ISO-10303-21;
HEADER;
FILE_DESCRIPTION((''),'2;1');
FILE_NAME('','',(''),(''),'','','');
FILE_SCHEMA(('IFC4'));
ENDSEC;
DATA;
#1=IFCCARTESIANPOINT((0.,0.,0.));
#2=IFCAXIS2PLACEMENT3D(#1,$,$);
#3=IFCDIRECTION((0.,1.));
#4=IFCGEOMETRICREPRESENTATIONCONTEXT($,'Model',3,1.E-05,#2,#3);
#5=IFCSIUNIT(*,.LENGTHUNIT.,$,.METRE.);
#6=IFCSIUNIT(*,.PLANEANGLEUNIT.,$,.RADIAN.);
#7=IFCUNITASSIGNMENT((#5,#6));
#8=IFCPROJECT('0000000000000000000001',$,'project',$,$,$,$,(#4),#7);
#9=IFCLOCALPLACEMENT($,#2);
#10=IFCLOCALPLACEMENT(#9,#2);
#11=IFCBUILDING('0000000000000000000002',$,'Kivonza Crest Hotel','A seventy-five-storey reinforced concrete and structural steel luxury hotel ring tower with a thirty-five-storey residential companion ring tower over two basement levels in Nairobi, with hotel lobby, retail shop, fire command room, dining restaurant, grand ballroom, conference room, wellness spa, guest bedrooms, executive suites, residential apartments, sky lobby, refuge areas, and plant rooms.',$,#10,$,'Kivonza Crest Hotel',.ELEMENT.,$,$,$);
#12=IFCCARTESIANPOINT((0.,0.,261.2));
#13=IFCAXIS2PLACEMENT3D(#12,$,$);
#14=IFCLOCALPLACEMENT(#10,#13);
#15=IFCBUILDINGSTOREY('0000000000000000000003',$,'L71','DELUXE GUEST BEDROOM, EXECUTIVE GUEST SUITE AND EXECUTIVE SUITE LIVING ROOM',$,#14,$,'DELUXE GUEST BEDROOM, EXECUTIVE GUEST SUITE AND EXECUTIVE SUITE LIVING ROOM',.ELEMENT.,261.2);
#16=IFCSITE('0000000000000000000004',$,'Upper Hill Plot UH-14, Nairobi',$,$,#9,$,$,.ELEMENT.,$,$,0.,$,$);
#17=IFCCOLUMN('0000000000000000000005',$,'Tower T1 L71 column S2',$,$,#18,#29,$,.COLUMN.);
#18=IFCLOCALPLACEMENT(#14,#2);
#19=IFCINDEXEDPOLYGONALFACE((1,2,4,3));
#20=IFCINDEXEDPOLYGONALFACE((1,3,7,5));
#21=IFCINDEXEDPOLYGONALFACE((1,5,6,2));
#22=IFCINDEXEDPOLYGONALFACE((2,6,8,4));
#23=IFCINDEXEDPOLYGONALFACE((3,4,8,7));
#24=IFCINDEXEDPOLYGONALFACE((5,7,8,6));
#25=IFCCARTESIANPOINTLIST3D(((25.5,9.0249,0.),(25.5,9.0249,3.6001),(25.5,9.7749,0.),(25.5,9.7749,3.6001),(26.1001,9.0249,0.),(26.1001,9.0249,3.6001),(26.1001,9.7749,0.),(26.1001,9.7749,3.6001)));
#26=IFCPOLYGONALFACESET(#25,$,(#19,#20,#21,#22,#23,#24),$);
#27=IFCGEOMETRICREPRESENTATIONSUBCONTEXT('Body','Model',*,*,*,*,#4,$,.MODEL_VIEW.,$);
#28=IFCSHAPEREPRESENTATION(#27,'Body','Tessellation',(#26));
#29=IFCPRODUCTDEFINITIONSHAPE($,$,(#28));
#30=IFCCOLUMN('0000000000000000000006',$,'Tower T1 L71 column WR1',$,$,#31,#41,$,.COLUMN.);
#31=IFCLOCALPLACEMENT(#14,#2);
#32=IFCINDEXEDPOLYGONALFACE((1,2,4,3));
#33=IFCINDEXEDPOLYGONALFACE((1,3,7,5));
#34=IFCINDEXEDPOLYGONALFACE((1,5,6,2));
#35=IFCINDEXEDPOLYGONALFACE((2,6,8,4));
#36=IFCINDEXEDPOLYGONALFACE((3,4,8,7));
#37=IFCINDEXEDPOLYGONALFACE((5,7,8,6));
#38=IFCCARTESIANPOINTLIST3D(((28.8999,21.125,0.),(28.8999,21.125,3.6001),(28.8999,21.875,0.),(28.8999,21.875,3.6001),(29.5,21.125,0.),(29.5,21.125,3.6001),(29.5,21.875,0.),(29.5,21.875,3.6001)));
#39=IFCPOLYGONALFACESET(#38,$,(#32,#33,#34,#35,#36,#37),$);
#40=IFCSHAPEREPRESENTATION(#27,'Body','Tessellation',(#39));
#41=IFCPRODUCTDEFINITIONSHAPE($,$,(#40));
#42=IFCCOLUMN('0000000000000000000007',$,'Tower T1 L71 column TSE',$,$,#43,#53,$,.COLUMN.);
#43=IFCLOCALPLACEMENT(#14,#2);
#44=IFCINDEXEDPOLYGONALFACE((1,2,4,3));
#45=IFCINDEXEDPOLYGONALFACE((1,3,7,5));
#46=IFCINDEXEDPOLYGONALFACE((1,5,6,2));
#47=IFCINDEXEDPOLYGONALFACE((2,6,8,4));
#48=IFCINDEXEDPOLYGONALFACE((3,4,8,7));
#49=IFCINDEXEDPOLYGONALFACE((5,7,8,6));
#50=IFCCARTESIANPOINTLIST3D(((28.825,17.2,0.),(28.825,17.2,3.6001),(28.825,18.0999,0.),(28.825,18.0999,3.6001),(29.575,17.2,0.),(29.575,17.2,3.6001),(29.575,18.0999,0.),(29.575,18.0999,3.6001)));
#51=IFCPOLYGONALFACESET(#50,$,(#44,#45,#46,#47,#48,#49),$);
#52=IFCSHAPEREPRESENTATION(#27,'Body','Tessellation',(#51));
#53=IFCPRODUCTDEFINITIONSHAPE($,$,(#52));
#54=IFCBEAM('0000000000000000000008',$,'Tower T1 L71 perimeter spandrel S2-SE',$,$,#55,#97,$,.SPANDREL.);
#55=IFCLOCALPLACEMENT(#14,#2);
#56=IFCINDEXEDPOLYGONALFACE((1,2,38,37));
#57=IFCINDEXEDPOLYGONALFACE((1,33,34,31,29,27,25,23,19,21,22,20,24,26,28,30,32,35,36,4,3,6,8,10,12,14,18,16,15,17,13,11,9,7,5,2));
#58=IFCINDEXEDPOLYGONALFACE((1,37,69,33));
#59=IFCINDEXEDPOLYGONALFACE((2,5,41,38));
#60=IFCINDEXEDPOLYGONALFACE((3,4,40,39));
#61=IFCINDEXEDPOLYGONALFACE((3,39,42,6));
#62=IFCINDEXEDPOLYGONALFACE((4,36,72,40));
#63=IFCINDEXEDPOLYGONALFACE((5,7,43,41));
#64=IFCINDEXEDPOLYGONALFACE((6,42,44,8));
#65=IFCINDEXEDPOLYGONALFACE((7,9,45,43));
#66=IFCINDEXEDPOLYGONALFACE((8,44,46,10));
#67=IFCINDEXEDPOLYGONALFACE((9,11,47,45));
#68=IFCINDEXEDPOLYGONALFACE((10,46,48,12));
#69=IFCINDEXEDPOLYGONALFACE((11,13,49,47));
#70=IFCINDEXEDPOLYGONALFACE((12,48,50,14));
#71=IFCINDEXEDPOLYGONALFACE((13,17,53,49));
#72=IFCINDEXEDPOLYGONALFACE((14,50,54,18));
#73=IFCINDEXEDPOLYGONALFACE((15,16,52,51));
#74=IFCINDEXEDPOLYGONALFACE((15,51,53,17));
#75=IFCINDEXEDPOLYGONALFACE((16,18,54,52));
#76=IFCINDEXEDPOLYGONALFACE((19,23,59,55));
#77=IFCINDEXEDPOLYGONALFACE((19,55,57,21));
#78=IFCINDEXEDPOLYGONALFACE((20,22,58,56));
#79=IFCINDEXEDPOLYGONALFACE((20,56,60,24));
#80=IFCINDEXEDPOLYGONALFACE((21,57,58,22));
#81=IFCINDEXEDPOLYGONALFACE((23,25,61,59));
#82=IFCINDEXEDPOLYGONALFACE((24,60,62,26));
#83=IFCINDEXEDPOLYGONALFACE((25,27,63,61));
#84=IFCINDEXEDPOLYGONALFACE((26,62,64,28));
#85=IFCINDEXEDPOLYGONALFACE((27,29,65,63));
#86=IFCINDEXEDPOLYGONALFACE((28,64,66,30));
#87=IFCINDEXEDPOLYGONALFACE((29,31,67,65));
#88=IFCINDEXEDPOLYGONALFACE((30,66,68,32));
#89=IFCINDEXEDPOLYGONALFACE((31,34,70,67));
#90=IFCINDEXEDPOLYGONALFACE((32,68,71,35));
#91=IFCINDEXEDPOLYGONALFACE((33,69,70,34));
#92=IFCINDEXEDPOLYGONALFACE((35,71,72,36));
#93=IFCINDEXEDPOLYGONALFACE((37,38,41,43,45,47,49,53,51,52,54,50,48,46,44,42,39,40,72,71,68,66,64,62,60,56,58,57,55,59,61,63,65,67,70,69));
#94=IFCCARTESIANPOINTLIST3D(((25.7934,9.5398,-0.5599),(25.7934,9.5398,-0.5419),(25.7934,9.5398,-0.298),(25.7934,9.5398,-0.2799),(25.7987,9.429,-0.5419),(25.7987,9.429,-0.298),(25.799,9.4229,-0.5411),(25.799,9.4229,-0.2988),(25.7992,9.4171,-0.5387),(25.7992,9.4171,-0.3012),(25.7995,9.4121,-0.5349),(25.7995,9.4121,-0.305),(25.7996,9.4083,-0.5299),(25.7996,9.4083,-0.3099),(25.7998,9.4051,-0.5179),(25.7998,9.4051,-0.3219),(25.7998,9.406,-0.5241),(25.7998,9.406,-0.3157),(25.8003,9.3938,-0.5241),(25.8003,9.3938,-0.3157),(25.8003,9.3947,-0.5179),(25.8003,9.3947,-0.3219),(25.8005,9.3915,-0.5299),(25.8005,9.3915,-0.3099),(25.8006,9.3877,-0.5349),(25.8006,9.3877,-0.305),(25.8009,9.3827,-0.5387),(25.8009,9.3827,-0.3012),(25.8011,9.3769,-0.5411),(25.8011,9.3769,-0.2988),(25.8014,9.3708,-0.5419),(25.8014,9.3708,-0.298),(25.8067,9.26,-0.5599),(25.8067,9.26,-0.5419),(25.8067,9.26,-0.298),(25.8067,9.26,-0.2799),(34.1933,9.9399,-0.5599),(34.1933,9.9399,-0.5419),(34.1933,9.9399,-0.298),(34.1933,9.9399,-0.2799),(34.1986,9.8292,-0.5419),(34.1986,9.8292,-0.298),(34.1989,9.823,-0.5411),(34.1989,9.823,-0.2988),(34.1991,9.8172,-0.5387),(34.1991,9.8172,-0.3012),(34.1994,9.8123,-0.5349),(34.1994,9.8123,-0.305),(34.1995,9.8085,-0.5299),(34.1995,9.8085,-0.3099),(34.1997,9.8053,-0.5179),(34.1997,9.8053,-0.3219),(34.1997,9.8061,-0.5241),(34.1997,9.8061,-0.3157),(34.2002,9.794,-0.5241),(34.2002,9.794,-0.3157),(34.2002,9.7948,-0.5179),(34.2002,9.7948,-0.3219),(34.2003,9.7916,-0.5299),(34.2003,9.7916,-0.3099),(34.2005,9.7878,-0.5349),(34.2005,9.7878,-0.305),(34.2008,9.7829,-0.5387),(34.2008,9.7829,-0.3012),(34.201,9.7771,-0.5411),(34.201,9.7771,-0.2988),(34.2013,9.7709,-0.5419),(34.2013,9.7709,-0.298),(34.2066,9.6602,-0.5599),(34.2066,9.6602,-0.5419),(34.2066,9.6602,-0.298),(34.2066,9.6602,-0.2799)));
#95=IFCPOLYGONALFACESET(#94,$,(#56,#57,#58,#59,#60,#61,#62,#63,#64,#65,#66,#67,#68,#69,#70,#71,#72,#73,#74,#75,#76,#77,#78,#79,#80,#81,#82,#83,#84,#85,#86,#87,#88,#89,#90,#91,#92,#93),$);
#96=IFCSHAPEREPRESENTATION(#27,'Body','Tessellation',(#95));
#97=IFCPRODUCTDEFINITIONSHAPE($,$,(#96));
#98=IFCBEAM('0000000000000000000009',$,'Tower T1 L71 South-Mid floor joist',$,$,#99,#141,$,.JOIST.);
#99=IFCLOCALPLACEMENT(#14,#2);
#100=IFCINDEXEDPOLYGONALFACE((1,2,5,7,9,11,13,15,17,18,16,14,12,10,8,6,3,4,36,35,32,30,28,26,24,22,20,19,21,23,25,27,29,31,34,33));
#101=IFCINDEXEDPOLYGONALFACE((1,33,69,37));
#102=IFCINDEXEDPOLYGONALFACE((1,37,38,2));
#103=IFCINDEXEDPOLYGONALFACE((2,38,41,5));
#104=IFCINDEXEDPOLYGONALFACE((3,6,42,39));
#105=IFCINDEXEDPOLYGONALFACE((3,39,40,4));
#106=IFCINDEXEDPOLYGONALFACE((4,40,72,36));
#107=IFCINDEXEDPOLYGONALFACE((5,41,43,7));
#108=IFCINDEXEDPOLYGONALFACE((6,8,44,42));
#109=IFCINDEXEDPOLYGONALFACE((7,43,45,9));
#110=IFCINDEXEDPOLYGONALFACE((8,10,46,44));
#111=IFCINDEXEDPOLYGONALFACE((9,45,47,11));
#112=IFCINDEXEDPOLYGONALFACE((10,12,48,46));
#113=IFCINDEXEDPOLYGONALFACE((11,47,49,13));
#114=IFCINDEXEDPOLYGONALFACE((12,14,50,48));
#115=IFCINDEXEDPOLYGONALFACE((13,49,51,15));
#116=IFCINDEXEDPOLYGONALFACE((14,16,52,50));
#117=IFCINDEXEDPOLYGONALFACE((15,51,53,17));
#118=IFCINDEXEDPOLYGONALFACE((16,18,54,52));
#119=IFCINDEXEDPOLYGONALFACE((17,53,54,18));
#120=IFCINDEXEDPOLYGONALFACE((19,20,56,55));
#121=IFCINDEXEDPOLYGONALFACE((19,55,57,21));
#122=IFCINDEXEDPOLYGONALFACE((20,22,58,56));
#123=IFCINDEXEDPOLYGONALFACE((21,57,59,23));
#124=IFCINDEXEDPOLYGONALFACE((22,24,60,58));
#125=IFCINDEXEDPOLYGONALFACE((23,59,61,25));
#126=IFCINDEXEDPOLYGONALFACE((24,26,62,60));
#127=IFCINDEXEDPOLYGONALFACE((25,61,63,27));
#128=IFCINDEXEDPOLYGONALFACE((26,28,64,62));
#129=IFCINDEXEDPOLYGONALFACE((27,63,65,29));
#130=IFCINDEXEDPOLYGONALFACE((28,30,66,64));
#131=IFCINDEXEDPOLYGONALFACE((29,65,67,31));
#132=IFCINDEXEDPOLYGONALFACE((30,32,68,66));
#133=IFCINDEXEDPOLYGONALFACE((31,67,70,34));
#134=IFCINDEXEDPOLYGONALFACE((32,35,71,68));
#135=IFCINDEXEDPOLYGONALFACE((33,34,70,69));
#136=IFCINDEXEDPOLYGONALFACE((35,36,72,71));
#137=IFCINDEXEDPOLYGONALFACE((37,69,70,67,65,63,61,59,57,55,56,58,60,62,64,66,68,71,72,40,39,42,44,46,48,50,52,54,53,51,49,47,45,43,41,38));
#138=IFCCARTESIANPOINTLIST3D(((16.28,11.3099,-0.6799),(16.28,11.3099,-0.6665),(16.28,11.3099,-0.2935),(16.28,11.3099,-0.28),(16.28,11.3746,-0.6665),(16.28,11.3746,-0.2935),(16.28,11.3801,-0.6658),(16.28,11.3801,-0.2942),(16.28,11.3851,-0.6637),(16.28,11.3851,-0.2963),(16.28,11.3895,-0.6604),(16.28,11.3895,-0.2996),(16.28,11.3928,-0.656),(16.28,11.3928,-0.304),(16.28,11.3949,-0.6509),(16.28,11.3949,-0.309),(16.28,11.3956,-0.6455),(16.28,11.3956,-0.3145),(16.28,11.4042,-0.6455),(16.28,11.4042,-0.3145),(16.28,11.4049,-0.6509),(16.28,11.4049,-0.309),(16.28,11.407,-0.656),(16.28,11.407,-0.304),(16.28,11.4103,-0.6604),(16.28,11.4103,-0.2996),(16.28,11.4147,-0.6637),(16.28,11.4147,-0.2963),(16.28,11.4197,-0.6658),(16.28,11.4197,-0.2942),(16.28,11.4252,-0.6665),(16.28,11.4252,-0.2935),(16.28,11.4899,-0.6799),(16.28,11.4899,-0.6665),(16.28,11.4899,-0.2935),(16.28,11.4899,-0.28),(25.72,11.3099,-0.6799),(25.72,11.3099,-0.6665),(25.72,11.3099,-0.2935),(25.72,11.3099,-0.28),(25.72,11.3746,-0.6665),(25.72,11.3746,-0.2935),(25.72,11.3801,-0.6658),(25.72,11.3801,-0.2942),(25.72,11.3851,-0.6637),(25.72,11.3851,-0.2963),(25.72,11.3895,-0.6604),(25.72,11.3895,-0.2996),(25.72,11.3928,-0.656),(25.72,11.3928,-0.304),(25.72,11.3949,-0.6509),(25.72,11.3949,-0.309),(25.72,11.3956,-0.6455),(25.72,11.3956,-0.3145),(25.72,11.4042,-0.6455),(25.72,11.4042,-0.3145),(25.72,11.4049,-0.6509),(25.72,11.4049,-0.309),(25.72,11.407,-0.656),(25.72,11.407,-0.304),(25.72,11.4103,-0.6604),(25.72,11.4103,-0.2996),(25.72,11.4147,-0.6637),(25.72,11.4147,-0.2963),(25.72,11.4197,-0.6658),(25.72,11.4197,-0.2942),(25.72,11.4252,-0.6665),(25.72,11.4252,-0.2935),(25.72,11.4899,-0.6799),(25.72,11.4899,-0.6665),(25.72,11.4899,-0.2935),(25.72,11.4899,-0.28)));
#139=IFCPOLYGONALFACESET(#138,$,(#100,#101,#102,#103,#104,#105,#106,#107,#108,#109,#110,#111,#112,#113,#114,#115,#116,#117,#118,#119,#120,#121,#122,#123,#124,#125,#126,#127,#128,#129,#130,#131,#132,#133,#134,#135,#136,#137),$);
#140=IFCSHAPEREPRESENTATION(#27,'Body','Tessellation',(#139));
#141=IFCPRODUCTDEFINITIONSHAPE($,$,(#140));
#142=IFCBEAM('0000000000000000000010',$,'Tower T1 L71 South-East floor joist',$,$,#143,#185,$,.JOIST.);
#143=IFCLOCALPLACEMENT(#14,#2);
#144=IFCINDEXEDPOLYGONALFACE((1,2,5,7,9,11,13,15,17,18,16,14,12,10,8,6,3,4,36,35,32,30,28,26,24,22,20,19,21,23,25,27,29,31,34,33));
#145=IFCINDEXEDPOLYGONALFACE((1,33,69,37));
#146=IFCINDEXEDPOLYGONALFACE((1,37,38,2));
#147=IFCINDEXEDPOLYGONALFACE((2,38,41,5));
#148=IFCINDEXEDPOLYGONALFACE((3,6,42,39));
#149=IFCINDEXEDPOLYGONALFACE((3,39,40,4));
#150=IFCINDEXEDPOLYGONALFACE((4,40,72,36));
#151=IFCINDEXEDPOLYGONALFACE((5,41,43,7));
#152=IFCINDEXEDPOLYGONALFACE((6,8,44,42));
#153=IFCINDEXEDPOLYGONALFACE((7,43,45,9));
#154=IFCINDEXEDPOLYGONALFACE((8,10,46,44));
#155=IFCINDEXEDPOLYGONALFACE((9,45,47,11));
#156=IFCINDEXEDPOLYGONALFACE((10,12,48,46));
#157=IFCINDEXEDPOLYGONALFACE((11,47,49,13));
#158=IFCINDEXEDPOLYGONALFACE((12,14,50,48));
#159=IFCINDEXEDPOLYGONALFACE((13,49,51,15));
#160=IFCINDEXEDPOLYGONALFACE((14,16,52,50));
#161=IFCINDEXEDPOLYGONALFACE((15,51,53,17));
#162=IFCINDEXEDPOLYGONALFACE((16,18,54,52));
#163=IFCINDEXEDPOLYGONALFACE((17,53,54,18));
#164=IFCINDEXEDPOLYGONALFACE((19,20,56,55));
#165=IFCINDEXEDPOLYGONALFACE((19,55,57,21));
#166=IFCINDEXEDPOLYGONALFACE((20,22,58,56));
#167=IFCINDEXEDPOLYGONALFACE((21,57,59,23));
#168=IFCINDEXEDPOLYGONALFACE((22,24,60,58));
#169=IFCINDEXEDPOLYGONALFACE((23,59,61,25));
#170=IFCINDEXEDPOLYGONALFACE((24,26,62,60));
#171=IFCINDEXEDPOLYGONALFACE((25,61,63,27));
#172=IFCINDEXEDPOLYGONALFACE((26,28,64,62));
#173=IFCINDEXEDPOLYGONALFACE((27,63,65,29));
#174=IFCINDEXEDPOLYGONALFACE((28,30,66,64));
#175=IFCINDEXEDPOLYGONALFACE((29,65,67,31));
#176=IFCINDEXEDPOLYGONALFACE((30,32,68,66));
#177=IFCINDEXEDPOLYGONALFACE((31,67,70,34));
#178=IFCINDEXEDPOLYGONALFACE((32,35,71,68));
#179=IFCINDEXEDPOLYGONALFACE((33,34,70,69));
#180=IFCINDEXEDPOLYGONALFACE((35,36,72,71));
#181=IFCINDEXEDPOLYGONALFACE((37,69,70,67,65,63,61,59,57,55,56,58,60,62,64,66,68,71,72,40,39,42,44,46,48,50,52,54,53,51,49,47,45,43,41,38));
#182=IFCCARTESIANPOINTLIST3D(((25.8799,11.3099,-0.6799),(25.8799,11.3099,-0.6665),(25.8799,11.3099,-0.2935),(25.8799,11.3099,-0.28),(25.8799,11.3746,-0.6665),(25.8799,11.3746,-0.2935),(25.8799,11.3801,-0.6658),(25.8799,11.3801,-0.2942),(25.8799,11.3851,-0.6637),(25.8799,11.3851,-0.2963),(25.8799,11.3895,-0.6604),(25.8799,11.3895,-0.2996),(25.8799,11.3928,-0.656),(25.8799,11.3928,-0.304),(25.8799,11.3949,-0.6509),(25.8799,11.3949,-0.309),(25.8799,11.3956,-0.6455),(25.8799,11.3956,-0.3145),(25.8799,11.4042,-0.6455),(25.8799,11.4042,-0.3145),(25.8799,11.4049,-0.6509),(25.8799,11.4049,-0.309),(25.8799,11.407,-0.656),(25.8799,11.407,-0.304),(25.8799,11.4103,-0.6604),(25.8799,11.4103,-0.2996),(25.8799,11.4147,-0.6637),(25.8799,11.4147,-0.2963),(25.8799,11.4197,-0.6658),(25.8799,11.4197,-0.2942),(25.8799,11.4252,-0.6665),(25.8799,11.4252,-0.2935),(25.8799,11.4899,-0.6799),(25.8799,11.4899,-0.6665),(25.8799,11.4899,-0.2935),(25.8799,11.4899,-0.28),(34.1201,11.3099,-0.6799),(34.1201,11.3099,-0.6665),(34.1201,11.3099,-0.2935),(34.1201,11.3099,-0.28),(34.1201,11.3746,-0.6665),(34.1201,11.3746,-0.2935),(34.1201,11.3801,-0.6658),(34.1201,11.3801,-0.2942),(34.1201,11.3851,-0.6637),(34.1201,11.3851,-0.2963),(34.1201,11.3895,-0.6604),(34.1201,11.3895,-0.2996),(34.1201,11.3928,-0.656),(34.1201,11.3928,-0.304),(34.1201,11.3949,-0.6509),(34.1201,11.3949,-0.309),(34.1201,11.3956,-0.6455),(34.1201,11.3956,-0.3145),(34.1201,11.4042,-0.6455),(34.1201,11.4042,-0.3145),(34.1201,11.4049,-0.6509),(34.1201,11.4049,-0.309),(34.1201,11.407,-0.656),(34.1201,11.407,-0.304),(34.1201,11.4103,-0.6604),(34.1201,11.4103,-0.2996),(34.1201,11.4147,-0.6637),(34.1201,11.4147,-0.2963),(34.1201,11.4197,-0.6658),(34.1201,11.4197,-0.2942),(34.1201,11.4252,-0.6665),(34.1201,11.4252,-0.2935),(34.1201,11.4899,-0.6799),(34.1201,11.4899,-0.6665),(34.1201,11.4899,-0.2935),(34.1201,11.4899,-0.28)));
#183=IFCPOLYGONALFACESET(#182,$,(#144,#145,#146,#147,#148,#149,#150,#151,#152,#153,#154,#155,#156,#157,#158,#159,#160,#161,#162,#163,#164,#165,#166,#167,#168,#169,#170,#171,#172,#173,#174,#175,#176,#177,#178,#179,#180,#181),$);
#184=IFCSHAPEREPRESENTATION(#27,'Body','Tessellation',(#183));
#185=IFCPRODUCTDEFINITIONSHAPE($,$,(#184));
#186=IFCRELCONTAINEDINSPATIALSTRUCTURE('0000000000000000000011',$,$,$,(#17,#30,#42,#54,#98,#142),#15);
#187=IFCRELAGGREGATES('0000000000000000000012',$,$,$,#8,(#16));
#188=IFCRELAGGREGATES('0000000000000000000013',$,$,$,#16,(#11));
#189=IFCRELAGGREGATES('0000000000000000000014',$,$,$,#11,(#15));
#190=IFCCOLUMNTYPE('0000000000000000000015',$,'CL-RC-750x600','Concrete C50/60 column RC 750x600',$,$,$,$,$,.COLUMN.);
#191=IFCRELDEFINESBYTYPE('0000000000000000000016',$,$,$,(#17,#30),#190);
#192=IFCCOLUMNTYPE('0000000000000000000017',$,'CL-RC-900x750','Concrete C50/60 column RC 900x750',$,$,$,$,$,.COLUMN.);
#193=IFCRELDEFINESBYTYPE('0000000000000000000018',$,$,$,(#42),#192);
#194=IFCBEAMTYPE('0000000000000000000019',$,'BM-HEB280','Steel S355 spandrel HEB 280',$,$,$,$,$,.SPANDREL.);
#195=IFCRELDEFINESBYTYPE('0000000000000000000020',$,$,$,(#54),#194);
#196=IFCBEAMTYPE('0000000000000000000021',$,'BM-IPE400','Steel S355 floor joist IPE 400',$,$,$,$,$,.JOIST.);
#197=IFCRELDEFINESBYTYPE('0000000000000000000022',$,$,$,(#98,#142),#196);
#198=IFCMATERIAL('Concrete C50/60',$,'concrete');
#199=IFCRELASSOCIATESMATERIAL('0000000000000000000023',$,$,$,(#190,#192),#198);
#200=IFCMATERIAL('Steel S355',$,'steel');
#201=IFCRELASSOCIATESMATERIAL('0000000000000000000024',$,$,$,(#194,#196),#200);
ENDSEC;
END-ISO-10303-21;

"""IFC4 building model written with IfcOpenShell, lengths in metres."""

from ifc_helpers import new_model, si_unit, direction, frame, origin, origin_2d, place, context, subcontext, project, spatial, rectangle, i_section, extrude, material, material_profile, profile_set, type_object, element, save


model = new_model("IFC4")

# Units and contexts
model_context = context("Model", 3, precision=1e-05, world=origin(), true_north=direction((0.0, 1.0)))
body_context = subcontext(model_context, "Body", "Model", "MODEL_VIEW")
ifc_project = project(units=[si_unit("LENGTHUNIT", "METRE"), si_unit("PLANEANGLEUNIT", "RADIAN")], contexts=[model_context])

# Site, building, storey
site_placement = place(None, origin())
site = spatial("IfcSite", under=ifc_project, at=site_placement, Name="Upper Hill Plot UH-14, Nairobi", CompositionType="ELEMENT", RefElevation=0.0)
building_placement = place(site_placement, origin())
building = spatial("IfcBuilding", under=site, at=building_placement, Name="Kivonza Crest Hotel", Description="A seventy-five-storey reinforced concrete and structural steel luxury hotel ring tower with a thirty-five-storey residential companion ring tower over two basement levels in Nairobi, with hotel lobby, retail shop, fire command room, dining restaurant, grand ballroom, conference room, wellness spa, guest bedrooms, executive suites, residential apartments, sky lobby, refuge areas, and plant rooms.", LongName="Kivonza Crest Hotel", CompositionType="ELEMENT")
storey_placement = place(building_placement, frame((0.0, 0.0, 261.2)))
storey = spatial("IfcBuildingStorey", under=building, at=storey_placement, Name="L71", Description="DELUXE GUEST BEDROOM, EXECUTIVE GUEST SUITE AND EXECUTIVE SUITE LIVING ROOM", LongName="DELUXE GUEST BEDROOM, EXECUTIVE GUEST SUITE AND EXECUTIVE SUITE LIVING ROOM", CompositionType="ELEMENT", Elevation=261.2)

# Columns
ifc_material_1 = material(Name="Concrete C50/60", Category="concrete")
ifc_material_profile_1 = material_profile(ifc_material_1, rectangle(XDim=0.6001, YDim=0.75, at=origin_2d()), Name="RC 750x600")
ifc_profile_set_1 = profile_set([ifc_material_profile_1], Name="Concrete C50/60")
column_type_1 = type_object("IfcColumnType", Name="CL-RC-750x600", Description="Concrete C50/60 column RC 750x600", PredefinedType="COLUMN", material=ifc_profile_set_1)
for number, where, z_axis, x_axis, name in (
    (1, (25.8, 9.3999, 0.0), (0.0, 0.0, 1.0), (1.0, 0.0, 0.0), "Tower T1 L71 column S2"),
    (2, (29.2, 21.5, 0.0), (0.0, 0.0, 1.0), (1.0, 0.0, 0.0), "Tower T1 L71 column WR1"),
):
    element("IfcColumn", number, at=place(storey_placement, frame(where, z_axis=z_axis, x_axis=x_axis)), inside=storey, type_object=column_type_1, Name=name, PredefinedType="COLUMN", context=body_context, shape_type="SweptSolid", body=[
        extrude(rectangle(XDim=0.6001, YDim=0.75, at=origin_2d()), origin(), (0.0, 0.0, 1.0), 3.6001),
    ])
ifc_material_profile_2 = material_profile(ifc_material_1, rectangle(XDim=0.75, YDim=0.8999, at=origin_2d()), Name="RC 900x750")
ifc_profile_set_2 = profile_set([ifc_material_profile_2], Name="Concrete C50/60")
column_type_2 = type_object("IfcColumnType", Name="CL-RC-900x750", Description="Concrete C50/60 column RC 900x750", PredefinedType="COLUMN", material=ifc_profile_set_2)
column_placement = place(storey_placement, frame((29.2, 17.6499, 0.0), z_axis=(0.0, 0.0, 1.0), x_axis=(1.0, 0.0, 0.0)))
element("IfcColumn", 3, at=column_placement, inside=storey, type_object=column_type_2, Name="Tower T1 L71 column TSE", PredefinedType="COLUMN", context=body_context, shape_type="SweptSolid", body=[
    extrude(rectangle(XDim=0.75, YDim=0.8999, at=origin_2d()), origin(), (0.0, 0.0, 1.0), 3.6001),
])

# Beams
ifc_material_2 = material(Name="Steel S355", Category="steel")
ifc_material_profile_3 = material_profile(ifc_material_2, i_section(OverallWidth=0.28, OverallDepth=0.28, WebThickness=0.0105, FlangeThickness=0.0181, FilletRadius=0.0239, at=origin_2d()), Name="HEB 280")
ifc_profile_set_3 = profile_set([ifc_material_profile_3], Name="Steel S355")
beam_type_1 = type_object("IfcBeamType", Name="BM-HEB280", Description="Steel S355 spandrel HEB 280", PredefinedType="SPANDREL", material=ifc_profile_set_3)
beam_1_placement = place(storey_placement, frame((25.8, 9.3999, -0.4199), z_axis=(0.998867, 0.047583, 0.0), x_axis=(-0.047583, 0.998867, 0.0)))
element("IfcBeam", 4, at=beam_1_placement, inside=storey, type_object=beam_type_1, Name="Tower T1 L71 perimeter spandrel S2-SE", PredefinedType="SPANDREL", context=body_context, shape_type="SweptSolid", body=[
    extrude(i_section(OverallWidth=0.28, OverallDepth=0.28, WebThickness=0.0105, FlangeThickness=0.0181, FilletRadius=0.0239, at=origin_2d()), origin(), (0.0, 0.0, 1.0), 8.4094),
])
ifc_material_profile_4 = material_profile(ifc_material_2, i_section(OverallWidth=0.1799, OverallDepth=0.3999, WebThickness=0.0085, FlangeThickness=0.0134, FilletRadius=0.021, at=origin_2d()), Name="IPE 400")
ifc_profile_set_4 = profile_set([ifc_material_profile_4], Name="Steel S355")
beam_type_2 = type_object("IfcBeamType", Name="BM-IPE400", Description="Steel S355 floor joist IPE 400", PredefinedType="JOIST", material=ifc_profile_set_4)
beam_2_placement = place(storey_placement, frame((16.28, 11.3999, -0.48), z_axis=(1.0, 0.0, 0.0), x_axis=(0.0, 1.0, 0.0)))
element("IfcBeam", 5, at=beam_2_placement, inside=storey, type_object=beam_type_2, Name="Tower T1 L71 South-Mid floor joist", PredefinedType="JOIST", context=body_context, shape_type="SweptSolid", body=[
    extrude(i_section(OverallWidth=0.1799, OverallDepth=0.3999, WebThickness=0.0085, FlangeThickness=0.0134, FilletRadius=0.021, at=origin_2d()), origin(), (0.0, 0.0, 1.0), 9.4399),
])
beam_3_placement = place(storey_placement, frame((25.8799, 11.3999, -0.48), z_axis=(1.0, 0.0, 0.0), x_axis=(0.0, 1.0, 0.0)))
element("IfcBeam", 6, at=beam_3_placement, inside=storey, type_object=beam_type_2, Name="Tower T1 L71 South-East floor joist", PredefinedType="JOIST", context=body_context, shape_type="SweptSolid", body=[
    extrude(i_section(OverallWidth=0.1799, OverallDepth=0.3999, WebThickness=0.0085, FlangeThickness=0.0134, FilletRadius=0.021, at=origin_2d()), origin(), (0.0, 0.0, 1.0), 8.2402),
])

save(model, "model.ifc")
